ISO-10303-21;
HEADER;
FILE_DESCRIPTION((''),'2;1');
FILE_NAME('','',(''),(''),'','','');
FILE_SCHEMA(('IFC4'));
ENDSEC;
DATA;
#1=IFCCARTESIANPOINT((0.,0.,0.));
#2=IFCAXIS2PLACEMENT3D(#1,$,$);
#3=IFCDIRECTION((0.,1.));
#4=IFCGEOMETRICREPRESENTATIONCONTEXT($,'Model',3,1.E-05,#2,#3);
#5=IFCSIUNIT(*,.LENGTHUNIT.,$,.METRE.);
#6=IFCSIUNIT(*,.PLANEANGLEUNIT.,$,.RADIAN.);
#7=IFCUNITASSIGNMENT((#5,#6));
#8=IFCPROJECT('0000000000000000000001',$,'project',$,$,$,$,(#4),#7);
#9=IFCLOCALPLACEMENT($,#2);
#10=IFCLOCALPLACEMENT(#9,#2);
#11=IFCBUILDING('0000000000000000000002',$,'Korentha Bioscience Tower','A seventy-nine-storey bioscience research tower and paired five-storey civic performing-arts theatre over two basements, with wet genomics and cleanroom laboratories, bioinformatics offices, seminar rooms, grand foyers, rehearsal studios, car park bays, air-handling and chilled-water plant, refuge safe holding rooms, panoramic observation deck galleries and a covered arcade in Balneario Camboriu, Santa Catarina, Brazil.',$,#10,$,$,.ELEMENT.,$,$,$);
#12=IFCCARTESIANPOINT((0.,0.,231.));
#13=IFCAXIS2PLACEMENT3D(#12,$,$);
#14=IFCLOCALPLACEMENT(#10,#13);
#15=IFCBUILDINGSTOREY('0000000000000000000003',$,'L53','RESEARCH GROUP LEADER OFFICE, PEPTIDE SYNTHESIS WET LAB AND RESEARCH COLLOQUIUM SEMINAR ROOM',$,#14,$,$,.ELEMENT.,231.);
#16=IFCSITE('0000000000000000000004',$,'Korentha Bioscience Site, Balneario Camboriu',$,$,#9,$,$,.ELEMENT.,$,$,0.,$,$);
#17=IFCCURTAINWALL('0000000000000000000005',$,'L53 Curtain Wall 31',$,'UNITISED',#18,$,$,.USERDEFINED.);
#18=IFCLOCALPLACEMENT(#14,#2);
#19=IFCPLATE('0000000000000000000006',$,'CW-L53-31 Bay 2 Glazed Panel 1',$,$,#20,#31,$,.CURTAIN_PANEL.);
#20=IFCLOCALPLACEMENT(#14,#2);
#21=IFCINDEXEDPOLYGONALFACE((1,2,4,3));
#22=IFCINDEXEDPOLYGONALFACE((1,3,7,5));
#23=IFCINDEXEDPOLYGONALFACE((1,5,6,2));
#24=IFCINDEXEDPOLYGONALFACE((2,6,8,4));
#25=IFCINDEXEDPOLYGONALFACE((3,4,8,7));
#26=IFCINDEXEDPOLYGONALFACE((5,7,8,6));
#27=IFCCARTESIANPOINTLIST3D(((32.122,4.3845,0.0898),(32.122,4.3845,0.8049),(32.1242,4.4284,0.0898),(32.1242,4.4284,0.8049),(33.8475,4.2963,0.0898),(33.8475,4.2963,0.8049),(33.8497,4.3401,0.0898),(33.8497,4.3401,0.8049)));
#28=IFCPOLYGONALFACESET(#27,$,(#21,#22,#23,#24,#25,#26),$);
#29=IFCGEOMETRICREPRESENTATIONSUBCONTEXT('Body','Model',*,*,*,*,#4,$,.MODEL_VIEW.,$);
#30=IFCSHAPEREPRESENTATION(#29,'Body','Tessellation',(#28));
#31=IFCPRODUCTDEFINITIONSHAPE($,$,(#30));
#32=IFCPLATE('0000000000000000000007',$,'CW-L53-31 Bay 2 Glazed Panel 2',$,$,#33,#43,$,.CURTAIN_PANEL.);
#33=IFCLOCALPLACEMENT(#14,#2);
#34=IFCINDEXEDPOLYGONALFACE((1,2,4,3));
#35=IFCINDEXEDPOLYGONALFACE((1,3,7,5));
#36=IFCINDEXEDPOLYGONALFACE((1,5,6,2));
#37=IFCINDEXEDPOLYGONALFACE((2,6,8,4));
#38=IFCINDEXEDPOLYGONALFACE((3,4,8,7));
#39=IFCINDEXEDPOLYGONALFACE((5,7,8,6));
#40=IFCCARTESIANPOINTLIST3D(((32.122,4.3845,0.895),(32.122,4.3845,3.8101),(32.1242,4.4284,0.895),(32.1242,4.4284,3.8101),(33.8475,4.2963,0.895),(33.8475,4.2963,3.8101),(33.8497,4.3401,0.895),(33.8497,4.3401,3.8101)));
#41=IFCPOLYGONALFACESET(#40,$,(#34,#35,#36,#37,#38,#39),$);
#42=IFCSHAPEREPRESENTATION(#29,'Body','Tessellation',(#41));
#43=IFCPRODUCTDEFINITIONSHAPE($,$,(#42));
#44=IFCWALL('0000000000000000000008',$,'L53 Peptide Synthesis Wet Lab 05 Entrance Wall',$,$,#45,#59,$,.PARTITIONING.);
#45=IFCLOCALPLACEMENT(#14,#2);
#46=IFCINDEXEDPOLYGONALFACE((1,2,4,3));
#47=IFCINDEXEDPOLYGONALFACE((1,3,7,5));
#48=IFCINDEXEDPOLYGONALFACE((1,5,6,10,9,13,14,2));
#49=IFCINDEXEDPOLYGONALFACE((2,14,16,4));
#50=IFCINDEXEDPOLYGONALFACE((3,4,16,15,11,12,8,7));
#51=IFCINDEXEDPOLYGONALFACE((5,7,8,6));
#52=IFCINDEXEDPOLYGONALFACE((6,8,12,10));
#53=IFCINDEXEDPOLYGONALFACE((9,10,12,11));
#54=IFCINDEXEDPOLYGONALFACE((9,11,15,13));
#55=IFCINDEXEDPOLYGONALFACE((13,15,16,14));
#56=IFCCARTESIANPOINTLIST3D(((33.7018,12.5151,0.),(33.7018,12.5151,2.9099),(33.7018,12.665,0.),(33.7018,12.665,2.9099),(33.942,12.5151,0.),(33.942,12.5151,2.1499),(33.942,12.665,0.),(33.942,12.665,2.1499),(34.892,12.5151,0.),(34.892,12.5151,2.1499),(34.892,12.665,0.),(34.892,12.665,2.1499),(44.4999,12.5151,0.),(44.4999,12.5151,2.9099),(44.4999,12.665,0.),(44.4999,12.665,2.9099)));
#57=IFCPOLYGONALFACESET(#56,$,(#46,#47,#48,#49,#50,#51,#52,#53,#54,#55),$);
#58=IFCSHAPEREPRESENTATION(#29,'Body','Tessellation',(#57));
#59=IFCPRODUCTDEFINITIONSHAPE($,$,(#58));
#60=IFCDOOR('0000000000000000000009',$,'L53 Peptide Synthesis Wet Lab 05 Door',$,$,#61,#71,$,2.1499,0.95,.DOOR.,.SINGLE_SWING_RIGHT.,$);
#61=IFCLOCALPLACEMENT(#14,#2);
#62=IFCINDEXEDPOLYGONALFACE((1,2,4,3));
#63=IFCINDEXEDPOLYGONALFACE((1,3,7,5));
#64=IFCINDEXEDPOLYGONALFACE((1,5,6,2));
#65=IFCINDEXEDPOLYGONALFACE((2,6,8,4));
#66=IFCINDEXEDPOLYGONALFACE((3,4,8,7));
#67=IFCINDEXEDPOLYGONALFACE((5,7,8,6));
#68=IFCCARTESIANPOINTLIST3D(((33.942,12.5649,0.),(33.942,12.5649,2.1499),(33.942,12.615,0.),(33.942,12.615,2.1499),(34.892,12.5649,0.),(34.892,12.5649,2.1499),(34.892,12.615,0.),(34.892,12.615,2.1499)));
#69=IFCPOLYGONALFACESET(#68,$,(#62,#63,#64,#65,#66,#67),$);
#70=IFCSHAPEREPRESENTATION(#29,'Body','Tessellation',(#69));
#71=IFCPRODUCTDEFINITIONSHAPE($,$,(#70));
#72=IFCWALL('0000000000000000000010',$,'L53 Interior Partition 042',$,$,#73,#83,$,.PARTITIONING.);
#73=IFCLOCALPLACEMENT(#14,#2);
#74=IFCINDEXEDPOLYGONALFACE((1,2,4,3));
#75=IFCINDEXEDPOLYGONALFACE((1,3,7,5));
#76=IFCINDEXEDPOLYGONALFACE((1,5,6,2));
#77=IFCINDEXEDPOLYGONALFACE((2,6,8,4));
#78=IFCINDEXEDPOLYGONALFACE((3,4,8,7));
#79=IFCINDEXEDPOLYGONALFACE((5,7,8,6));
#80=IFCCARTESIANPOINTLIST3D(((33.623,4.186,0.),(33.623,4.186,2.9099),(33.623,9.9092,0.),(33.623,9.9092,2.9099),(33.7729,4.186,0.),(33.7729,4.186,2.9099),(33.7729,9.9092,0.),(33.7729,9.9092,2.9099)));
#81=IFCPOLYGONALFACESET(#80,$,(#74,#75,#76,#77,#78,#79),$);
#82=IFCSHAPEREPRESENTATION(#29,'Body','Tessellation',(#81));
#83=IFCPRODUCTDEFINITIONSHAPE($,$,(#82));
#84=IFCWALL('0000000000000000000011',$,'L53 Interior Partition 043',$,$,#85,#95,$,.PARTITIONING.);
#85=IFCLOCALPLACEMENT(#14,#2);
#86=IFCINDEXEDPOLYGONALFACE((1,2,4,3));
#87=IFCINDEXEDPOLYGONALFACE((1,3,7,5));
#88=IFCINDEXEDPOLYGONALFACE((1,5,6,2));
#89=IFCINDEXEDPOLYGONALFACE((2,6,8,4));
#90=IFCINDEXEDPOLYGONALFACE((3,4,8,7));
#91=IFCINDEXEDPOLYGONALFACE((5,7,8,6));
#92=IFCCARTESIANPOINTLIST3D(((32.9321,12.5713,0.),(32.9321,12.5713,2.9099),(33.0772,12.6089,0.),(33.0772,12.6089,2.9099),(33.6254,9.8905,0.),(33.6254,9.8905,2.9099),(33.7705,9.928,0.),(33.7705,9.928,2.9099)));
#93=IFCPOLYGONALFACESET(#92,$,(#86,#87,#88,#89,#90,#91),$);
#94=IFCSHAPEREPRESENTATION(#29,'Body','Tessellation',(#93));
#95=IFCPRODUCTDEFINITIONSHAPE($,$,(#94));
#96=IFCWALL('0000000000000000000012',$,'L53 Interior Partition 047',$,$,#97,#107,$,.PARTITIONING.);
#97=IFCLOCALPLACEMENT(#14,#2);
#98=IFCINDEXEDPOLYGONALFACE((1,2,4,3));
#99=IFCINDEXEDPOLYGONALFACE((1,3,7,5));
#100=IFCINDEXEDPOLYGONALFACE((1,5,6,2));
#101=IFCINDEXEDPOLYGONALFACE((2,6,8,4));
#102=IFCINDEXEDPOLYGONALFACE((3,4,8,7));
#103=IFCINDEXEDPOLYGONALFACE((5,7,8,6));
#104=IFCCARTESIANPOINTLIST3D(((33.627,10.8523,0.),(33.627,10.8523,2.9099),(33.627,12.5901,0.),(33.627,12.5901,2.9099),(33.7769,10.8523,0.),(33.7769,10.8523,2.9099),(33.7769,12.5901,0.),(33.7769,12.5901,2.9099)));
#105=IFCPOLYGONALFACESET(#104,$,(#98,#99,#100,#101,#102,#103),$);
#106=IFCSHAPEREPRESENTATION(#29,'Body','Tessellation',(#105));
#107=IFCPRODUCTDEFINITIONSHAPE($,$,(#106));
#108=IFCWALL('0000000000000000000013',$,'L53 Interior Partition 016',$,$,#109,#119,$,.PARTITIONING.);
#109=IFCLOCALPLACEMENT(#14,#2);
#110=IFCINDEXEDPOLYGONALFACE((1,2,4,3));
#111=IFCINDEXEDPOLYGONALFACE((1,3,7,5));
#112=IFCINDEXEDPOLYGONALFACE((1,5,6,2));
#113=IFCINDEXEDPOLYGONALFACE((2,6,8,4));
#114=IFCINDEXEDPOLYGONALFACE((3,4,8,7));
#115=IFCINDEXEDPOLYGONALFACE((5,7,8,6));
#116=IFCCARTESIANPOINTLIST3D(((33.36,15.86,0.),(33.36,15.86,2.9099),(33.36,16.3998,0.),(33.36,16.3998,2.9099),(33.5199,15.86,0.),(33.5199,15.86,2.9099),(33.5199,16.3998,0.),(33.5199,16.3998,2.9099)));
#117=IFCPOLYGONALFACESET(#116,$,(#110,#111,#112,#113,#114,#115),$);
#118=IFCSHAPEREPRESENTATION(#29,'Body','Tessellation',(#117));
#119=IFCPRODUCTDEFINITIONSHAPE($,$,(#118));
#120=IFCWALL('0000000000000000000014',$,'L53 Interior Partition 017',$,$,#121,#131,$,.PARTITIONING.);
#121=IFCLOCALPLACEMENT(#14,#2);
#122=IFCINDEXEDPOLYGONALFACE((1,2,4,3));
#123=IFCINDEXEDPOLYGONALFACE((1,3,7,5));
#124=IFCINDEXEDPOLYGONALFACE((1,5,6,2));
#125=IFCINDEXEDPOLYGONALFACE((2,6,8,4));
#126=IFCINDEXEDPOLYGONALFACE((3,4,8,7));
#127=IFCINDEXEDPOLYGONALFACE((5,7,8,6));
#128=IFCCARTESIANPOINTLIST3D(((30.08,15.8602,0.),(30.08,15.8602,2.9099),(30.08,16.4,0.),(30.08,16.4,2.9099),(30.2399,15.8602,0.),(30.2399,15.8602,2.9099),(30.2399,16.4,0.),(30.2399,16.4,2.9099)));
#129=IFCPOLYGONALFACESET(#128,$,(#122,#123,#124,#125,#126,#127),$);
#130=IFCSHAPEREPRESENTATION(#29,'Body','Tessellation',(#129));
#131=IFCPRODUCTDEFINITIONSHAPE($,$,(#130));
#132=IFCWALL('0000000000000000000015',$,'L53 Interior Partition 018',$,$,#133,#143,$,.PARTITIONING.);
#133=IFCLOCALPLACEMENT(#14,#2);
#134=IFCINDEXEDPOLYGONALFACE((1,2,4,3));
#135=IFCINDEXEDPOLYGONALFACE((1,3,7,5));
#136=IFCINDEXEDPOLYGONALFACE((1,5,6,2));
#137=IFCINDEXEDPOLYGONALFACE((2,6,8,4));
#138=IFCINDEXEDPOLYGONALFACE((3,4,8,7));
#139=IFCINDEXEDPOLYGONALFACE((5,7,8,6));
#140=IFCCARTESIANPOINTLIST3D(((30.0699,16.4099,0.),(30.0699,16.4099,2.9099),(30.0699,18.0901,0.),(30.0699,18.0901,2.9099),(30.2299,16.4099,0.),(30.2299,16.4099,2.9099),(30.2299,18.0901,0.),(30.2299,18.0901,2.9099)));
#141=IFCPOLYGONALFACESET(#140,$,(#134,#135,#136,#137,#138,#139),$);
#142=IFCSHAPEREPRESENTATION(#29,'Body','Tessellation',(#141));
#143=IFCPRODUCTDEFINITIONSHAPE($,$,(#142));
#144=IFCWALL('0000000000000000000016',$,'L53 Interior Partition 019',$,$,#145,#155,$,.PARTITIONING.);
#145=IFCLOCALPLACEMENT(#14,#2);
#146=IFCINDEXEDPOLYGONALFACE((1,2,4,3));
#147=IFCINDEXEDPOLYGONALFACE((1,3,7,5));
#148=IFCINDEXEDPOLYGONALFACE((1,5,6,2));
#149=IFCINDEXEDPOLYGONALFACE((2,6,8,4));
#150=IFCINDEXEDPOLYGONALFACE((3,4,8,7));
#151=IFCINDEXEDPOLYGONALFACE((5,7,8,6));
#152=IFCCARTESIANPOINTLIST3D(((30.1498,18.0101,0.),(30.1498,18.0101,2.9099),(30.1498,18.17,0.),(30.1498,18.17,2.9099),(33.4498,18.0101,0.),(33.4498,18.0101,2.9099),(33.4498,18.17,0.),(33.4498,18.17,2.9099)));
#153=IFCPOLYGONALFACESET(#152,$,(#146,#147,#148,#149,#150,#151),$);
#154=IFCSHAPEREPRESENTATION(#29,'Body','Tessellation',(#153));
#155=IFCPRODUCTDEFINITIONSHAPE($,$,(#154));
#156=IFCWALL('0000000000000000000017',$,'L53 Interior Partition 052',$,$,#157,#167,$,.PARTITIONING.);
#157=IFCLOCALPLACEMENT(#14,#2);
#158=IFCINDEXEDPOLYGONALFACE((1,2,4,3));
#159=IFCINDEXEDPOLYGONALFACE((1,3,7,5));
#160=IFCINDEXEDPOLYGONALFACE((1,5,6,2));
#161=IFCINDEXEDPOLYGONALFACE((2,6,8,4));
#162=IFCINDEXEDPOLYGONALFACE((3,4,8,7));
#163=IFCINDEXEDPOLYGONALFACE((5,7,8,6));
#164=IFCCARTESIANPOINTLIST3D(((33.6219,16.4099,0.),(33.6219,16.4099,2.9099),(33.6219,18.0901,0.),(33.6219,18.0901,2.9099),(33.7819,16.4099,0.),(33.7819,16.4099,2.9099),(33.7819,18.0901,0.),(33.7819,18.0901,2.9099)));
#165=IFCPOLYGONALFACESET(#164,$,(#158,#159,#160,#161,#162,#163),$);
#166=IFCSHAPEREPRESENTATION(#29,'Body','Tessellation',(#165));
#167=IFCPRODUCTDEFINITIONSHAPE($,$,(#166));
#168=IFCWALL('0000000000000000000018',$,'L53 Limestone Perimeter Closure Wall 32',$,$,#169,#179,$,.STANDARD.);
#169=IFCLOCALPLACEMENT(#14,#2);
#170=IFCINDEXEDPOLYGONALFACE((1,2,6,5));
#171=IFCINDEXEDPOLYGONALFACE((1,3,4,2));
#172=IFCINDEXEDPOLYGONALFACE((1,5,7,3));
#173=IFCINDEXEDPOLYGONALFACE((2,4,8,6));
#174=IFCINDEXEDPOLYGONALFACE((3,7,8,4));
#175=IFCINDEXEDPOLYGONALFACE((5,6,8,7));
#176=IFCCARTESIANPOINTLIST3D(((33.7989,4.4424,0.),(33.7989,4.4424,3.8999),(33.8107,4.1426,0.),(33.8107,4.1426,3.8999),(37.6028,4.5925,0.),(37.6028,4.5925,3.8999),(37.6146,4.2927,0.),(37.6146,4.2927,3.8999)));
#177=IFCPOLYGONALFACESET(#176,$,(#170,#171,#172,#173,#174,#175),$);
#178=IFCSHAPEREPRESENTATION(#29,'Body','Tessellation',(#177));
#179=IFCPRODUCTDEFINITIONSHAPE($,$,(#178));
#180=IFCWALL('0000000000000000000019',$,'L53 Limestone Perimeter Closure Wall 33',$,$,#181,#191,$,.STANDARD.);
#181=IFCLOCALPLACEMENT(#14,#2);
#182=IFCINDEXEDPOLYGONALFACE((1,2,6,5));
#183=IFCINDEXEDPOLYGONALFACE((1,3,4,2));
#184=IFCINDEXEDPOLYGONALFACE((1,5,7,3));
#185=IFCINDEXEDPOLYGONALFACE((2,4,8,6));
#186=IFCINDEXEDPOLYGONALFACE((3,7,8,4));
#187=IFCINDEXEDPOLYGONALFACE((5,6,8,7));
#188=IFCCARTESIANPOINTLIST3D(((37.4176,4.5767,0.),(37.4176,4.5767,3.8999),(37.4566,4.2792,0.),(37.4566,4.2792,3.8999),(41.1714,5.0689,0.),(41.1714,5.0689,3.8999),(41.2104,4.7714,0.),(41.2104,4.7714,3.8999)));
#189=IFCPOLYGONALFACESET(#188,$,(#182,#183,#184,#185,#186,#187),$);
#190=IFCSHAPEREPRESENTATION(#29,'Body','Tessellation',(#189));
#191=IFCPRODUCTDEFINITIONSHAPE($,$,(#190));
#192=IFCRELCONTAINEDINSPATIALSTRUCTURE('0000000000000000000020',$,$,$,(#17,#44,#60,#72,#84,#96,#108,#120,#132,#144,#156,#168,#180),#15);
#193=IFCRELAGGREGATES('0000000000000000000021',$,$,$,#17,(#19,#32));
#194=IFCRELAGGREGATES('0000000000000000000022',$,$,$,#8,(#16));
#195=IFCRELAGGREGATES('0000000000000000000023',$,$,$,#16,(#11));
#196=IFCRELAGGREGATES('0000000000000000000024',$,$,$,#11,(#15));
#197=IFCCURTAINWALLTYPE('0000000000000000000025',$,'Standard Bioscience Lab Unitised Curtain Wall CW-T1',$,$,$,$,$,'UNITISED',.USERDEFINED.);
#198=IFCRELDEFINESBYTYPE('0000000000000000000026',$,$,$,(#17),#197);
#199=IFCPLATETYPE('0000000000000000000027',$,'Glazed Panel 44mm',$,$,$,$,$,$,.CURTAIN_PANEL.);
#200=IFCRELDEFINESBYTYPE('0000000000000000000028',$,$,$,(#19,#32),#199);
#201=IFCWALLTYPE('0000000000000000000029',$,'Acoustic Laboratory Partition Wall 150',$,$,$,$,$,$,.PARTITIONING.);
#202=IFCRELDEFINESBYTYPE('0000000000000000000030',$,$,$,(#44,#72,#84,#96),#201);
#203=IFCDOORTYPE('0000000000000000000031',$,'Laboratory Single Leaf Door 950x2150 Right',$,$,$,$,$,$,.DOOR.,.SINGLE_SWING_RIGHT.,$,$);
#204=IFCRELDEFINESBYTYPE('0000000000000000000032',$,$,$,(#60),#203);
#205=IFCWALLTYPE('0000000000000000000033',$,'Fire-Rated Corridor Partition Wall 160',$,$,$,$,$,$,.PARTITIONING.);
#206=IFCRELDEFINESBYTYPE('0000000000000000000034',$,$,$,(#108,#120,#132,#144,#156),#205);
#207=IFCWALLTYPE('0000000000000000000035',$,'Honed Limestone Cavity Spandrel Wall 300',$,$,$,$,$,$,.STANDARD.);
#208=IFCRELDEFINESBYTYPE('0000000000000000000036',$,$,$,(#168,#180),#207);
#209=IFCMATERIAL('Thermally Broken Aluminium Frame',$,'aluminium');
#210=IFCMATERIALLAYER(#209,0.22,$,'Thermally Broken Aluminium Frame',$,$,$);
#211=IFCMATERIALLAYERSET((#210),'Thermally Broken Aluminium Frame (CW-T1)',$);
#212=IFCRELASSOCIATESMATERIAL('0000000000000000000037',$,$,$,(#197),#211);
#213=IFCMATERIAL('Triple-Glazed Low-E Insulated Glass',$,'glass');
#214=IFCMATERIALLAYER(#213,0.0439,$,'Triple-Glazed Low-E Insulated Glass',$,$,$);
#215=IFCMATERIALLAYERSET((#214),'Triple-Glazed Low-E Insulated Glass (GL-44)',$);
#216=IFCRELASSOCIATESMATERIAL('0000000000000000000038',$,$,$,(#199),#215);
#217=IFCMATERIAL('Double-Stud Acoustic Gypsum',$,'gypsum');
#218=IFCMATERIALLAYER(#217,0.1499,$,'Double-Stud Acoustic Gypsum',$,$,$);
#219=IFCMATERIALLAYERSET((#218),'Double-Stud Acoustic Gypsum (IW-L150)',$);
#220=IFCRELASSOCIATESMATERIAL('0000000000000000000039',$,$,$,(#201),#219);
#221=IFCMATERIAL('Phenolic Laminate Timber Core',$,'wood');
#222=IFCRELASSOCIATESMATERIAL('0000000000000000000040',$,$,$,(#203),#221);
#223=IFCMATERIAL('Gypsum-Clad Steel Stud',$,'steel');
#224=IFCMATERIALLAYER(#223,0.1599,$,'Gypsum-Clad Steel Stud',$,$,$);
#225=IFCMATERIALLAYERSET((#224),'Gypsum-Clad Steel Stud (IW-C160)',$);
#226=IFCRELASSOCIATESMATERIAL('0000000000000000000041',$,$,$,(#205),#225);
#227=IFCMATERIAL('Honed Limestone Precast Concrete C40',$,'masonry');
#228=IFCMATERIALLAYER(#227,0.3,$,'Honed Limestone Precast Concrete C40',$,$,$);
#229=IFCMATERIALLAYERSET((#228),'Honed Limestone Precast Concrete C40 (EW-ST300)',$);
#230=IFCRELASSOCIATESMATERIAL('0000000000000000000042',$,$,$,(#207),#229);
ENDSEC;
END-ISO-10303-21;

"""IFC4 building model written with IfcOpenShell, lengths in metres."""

from ifc_helpers import new_model, si_unit, direction, frame, frame_2d, origin, origin_2d, place, context, subcontext, project, spatial, rectangle, extrude, material, layer, layer_set, type_object, element, fill, aggregate, save


model = new_model("IFC4")

# Units and contexts
model_context = context("Model", 3, precision=1e-05, world=origin(), true_north=direction((0.0, 1.0)))
body_context = subcontext(model_context, "Body", "Model", "MODEL_VIEW")
ifc_project = project(units=[si_unit("LENGTHUNIT", "METRE"), si_unit("PLANEANGLEUNIT", "RADIAN")], contexts=[model_context])

# Site, building, storey
site_placement = place(None, origin())
site = spatial("IfcSite", under=ifc_project, at=site_placement, Name="Korentha Bioscience Site, Balneario Camboriu", CompositionType="ELEMENT", RefElevation=0.0)
building_placement = place(site_placement, origin())
building = spatial("IfcBuilding", under=site, at=building_placement, Name="Korentha Bioscience Tower", Description="A seventy-nine-storey bioscience research tower and paired five-storey civic performing-arts theatre over two basements, with wet genomics and cleanroom laboratories, bioinformatics offices, seminar rooms, grand foyers, rehearsal studios, car park bays, air-handling and chilled-water plant, refuge safe holding rooms, panoramic observation deck galleries and a covered arcade in Balneario Camboriu, Santa Catarina, Brazil.", CompositionType="ELEMENT")
storey_placement = place(building_placement, frame((0.0, 0.0, 231.0)))
storey = spatial("IfcBuildingStorey", under=building, at=storey_placement, Name="L53", Description="RESEARCH GROUP LEADER OFFICE, PEPTIDE SYNTHESIS WET LAB AND RESEARCH COLLOQUIUM SEMINAR ROOM", CompositionType="ELEMENT", Elevation=231.0)

# Curtain wall
ifc_material_1 = material(Name="Thermally Broken Aluminium Frame", Category="aluminium")
ifc_layer_1 = layer(ifc_material_1, 0.22, Name="Thermally Broken Aluminium Frame")
ifc_layer_set_1 = layer_set([ifc_layer_1], Name="Thermally Broken Aluminium Frame (CW-T1)")
curtain_wall_type = type_object("IfcCurtainWallType", Name="Standard Bioscience Lab Unitised Curtain Wall CW-T1", ElementType="UNITISED", PredefinedType="USERDEFINED", material=ifc_layer_set_1)
curtain_wall_placement = place(storey_placement, origin())
curtain_wall = element("IfcCurtainWall", 1, at=curtain_wall_placement, inside=storey, type_object=curtain_wall_type, Name="L53 Curtain Wall 31", ObjectType="UNITISED", PredefinedType="USERDEFINED")

# Plates
ifc_material_2 = material(Name="Triple-Glazed Low-E Insulated Glass", Category="glass")
ifc_layer_2 = layer(ifc_material_2, 0.0439, Name="Triple-Glazed Low-E Insulated Glass")
ifc_layer_set_2 = layer_set([ifc_layer_2], Name="Triple-Glazed Low-E Insulated Glass (GL-44)")
plate_type = type_object("IfcPlateType", Name="Glazed Panel 44mm", PredefinedType="CURTAIN_PANEL", material=ifc_layer_set_2)
plate_1_placement = place(storey_placement, frame((32.9858, 4.3623, 0.0898), z_axis=(0.0, 0.0, 1.0), x_axis=(0.998696, -0.051055, 0.0)))
plate_1 = element("IfcPlate", 2, at=plate_1_placement, type_object=plate_type, Name="CW-L53-31 Bay 2 Glazed Panel 1", PredefinedType="CURTAIN_PANEL", context=body_context, shape_type="SweptSolid", body=[
    extrude(rectangle(XDim=1.7278, YDim=0.0439, at=origin_2d()), origin(), (0.0, 0.0, 1.0), 0.7151),
])
plate_2_placement = place(storey_placement, frame((32.9858, 4.3623, 0.895), z_axis=(0.0, 0.0, 1.0), x_axis=(0.998696, -0.051055, 0.0)))
plate_2 = element("IfcPlate", 3, at=plate_2_placement, type_object=plate_type, Name="CW-L53-31 Bay 2 Glazed Panel 2", PredefinedType="CURTAIN_PANEL", context=body_context, shape_type="SweptSolid", body=[
    extrude(rectangle(XDim=1.7278, YDim=0.0439, at=origin_2d()), origin(), (0.0, 0.0, 1.0), 2.915),
])
aggregate(curtain_wall, [plate_1, plate_2])

# Wall, opening, door
ifc_material_3 = material(Name="Double-Stud Acoustic Gypsum", Category="gypsum")
ifc_layer_3 = layer(ifc_material_3, 0.1499, Name="Double-Stud Acoustic Gypsum")
ifc_layer_set_3 = layer_set([ifc_layer_3], Name="Double-Stud Acoustic Gypsum (IW-L150)")
wall_type_1 = type_object("IfcWallType", Name="Acoustic Laboratory Partition Wall 150", PredefinedType="PARTITIONING", material=ifc_layer_set_3)
wall_1_placement = place(storey_placement, frame((33.7019, 12.5901, 0.0), z_axis=(0.0, 0.0, 1.0), x_axis=(1.0, 0.0, 0.0)))
wall_1 = element("IfcWall", 4, at=wall_1_placement, inside=storey, type_object=wall_type_1, Name="L53 Peptide Synthesis Wet Lab 05 Entrance Wall", PredefinedType="PARTITIONING", context=body_context, shape_type="SweptSolid", body=[
    extrude(rectangle(XDim=10.7981, YDim=0.1499, at=frame_2d((5.3989, 0.0))), origin(), (0.0, 0.0, 1.0), 2.9099),
])
opening_1_placement = place(wall_1_placement, frame((0.24, 0.0, 0.0)))
opening_1 = element("IfcOpeningElement", 5, at=opening_1_placement, cuts=wall_1, PredefinedType="OPENING", context=body_context, shape_type="SweptSolid", body=[
    extrude(rectangle(XDim=0.95, YDim=2.1499, at=frame_2d((0.4751, 1.075))), frame((0.0, 0.0898, 0.0), z_axis=(0.0, -1.0, 0.0), x_axis=(1.0, 0.0, 0.0)), (0.0, 0.0, 1.0), 0.1797),
])
ifc_material_4 = material(Name="Phenolic Laminate Timber Core", Category="wood")
door_type = type_object("IfcDoorType", Name="Laboratory Single Leaf Door 950x2150 Right", OperationType="SINGLE_SWING_RIGHT", PredefinedType="DOOR", material=ifc_material_4)
door_1_placement = place(opening_1_placement, origin())
door_1 = element("IfcDoor", 6, at=door_1_placement, inside=storey, type_object=door_type, Name="L53 Peptide Synthesis Wet Lab 05 Door", OperationType="SINGLE_SWING_RIGHT", OverallHeight=2.1499, OverallWidth=0.95, PredefinedType="DOOR", context=body_context, shape_type="SweptSolid", body=[
    extrude(rectangle(XDim=0.95, YDim=2.1499, at=frame_2d((0.4751, 1.075))), frame((0.0, 0.0249, 0.0), z_axis=(0.0, -1.0, 0.0), x_axis=(1.0, 0.0, 0.0)), (0.0, 0.0, 1.0), 0.05),
])
fill(opening_1, door_1)

# Walls
wall_2_placement = place(storey_placement, frame((33.698, 9.9092, 0.0), z_axis=(0.0, 0.0, 1.0), x_axis=(0.0, -1.0, 0.0)))
element("IfcWall", 7, at=wall_2_placement, inside=storey, type_object=wall_type_1, Name="L53 Interior Partition 042", PredefinedType="PARTITIONING", context=body_context, shape_type="SweptSolid", body=[
    extrude(rectangle(XDim=5.7231, YDim=0.1499, at=frame_2d((2.8616, 0.0))), origin(), (0.0, 0.0, 1.0), 2.9099),
])
wall_3_placement = place(storey_placement, frame((33.0046, 12.5901, 0.0), z_axis=(0.0, 0.0, 1.0), x_axis=(0.25039, -0.968145, 0.0)))
element("IfcWall", 8, at=wall_3_placement, inside=storey, type_object=wall_type_1, Name="L53 Interior Partition 043", PredefinedType="PARTITIONING", context=body_context, shape_type="SweptSolid", body=[
    extrude(rectangle(XDim=2.769, YDim=0.1499, at=frame_2d((1.3845, 0.0))), origin(), (0.0, 0.0, 1.0), 2.9099),
])
wall_4_placement = place(storey_placement, frame((33.7019, 10.8523, 0.0), z_axis=(0.0, 0.0, 1.0), x_axis=(0.0, 1.0, 0.0)))
element("IfcWall", 9, at=wall_4_placement, inside=storey, type_object=wall_type_1, Name="L53 Interior Partition 047", PredefinedType="PARTITIONING", context=body_context, shape_type="SweptSolid", body=[
    extrude(rectangle(XDim=1.7378, YDim=0.1499, at=frame_2d((0.8689, 0.0))), origin(), (0.0, 0.0, 1.0), 2.9099),
])

# Shared definitions
ifc_material_5 = material(Name="Gypsum-Clad Steel Stud", Category="steel")
ifc_layer_4 = layer(ifc_material_5, 0.1599, Name="Gypsum-Clad Steel Stud")
ifc_layer_set_4 = layer_set([ifc_layer_4], Name="Gypsum-Clad Steel Stud (IW-C160)")
wall_type_2 = type_object("IfcWallType", Name="Fire-Rated Corridor Partition Wall 160", PredefinedType="PARTITIONING", material=ifc_layer_set_4)

# Walls
for number, where, z_axis, x_axis, name in (
    (10, (33.4399, 16.3999, 0.0), (0.0, 0.0, 1.0), (0.0, -1.0, 0.0), "L53 Interior Partition 016"),
    (11, (30.1599, 15.8601, 0.0), (0.0, 0.0, 1.0), (0.0, 1.0, 0.0), "L53 Interior Partition 017"),
):
    element("IfcWall", number, at=place(storey_placement, frame(where, z_axis=z_axis, x_axis=x_axis)), inside=storey, type_object=wall_type_2, Name=name, PredefinedType="PARTITIONING", context=body_context, shape_type="SweptSolid", body=[
        extrude(rectangle(XDim=0.5398, YDim=0.1599, at=frame_2d((0.27, 0.0))), origin(), (0.0, 0.0, 1.0), 2.9099),
    ])
wall_5_placement = place(storey_placement, frame((30.1499, 16.4099, 0.0), z_axis=(0.0, 0.0, 1.0), x_axis=(0.0, 1.0, 0.0)))
element("IfcWall", 12, at=wall_5_placement, inside=storey, type_object=wall_type_2, Name="L53 Interior Partition 018", PredefinedType="PARTITIONING", context=body_context, shape_type="SweptSolid", body=[
    extrude(rectangle(XDim=1.6802, YDim=0.1599, at=frame_2d((0.8401, 0.0))), origin(), (0.0, 0.0, 1.0), 2.9099),
])
wall_6_placement = place(storey_placement, frame((30.1499, 18.0901, 0.0), z_axis=(0.0, 0.0, 1.0), x_axis=(1.0, 0.0, 0.0)))
element("IfcWall", 13, at=wall_6_placement, inside=storey, type_object=wall_type_2, Name="L53 Interior Partition 019", PredefinedType="PARTITIONING", context=body_context, shape_type="SweptSolid", body=[
    extrude(rectangle(XDim=3.3, YDim=0.1599, at=frame_2d((1.6499, 0.0))), origin(), (0.0, 0.0, 1.0), 2.9099),
])
wall_7_placement = place(storey_placement, frame((33.7019, 16.4099, 0.0), z_axis=(0.0, 0.0, 1.0), x_axis=(0.0, 1.0, 0.0)))
element("IfcWall", 14, at=wall_7_placement, inside=storey, type_object=wall_type_2, Name="L53 Interior Partition 052", PredefinedType="PARTITIONING", context=body_context, shape_type="SweptSolid", body=[
    extrude(rectangle(XDim=1.6802, YDim=0.1599, at=frame_2d((0.8401, 0.0))), origin(), (0.0, 0.0, 1.0), 2.9099),
])
ifc_material_6 = material(Name="Honed Limestone Precast Concrete C40", Category="masonry")
ifc_layer_5 = layer(ifc_material_6, 0.3, Name="Honed Limestone Precast Concrete C40")
ifc_layer_set_5 = layer_set([ifc_layer_5], Name="Honed Limestone Precast Concrete C40 (EW-ST300)")
wall_type_3 = type_object("IfcWallType", Name="Honed Limestone Cavity Spandrel Wall 300", PredefinedType="STANDARD", material=ifc_layer_set_5)
wall_8_placement = place(storey_placement, frame((33.8049, 4.2925, 0.0), z_axis=(0.0, 0.0, 1.0), x_axis=(0.999222, 0.03944, 0.0)))
element("IfcWall", 15, at=wall_8_placement, inside=storey, type_object=wall_type_3, Name="L53 Limestone Perimeter Closure Wall 32", PredefinedType="STANDARD", context=body_context, shape_type="SweptSolid", body=[
    extrude(rectangle(XDim=3.8069, YDim=0.3, at=frame_2d((1.9033, 0.0))), origin(), (0.0, 0.0, 1.0), 3.8999),
])
wall_9_placement = place(storey_placement, frame((37.437, 4.428, 0.0), z_axis=(0.0, 0.0, 1.0), x_axis=(0.991513, 0.130009, 0.0)))
element("IfcWall", 16, at=wall_9_placement, inside=storey, type_object=wall_type_3, Name="L53 Limestone Perimeter Closure Wall 33", PredefinedType="STANDARD", context=body_context, shape_type="SweptSolid", body=[
    extrude(rectangle(XDim=3.7859, YDim=0.3, at=frame_2d((1.8931, 0.0))), origin(), (0.0, 0.0, 1.0), 3.8999),
])

save(model, "model.ifc")
